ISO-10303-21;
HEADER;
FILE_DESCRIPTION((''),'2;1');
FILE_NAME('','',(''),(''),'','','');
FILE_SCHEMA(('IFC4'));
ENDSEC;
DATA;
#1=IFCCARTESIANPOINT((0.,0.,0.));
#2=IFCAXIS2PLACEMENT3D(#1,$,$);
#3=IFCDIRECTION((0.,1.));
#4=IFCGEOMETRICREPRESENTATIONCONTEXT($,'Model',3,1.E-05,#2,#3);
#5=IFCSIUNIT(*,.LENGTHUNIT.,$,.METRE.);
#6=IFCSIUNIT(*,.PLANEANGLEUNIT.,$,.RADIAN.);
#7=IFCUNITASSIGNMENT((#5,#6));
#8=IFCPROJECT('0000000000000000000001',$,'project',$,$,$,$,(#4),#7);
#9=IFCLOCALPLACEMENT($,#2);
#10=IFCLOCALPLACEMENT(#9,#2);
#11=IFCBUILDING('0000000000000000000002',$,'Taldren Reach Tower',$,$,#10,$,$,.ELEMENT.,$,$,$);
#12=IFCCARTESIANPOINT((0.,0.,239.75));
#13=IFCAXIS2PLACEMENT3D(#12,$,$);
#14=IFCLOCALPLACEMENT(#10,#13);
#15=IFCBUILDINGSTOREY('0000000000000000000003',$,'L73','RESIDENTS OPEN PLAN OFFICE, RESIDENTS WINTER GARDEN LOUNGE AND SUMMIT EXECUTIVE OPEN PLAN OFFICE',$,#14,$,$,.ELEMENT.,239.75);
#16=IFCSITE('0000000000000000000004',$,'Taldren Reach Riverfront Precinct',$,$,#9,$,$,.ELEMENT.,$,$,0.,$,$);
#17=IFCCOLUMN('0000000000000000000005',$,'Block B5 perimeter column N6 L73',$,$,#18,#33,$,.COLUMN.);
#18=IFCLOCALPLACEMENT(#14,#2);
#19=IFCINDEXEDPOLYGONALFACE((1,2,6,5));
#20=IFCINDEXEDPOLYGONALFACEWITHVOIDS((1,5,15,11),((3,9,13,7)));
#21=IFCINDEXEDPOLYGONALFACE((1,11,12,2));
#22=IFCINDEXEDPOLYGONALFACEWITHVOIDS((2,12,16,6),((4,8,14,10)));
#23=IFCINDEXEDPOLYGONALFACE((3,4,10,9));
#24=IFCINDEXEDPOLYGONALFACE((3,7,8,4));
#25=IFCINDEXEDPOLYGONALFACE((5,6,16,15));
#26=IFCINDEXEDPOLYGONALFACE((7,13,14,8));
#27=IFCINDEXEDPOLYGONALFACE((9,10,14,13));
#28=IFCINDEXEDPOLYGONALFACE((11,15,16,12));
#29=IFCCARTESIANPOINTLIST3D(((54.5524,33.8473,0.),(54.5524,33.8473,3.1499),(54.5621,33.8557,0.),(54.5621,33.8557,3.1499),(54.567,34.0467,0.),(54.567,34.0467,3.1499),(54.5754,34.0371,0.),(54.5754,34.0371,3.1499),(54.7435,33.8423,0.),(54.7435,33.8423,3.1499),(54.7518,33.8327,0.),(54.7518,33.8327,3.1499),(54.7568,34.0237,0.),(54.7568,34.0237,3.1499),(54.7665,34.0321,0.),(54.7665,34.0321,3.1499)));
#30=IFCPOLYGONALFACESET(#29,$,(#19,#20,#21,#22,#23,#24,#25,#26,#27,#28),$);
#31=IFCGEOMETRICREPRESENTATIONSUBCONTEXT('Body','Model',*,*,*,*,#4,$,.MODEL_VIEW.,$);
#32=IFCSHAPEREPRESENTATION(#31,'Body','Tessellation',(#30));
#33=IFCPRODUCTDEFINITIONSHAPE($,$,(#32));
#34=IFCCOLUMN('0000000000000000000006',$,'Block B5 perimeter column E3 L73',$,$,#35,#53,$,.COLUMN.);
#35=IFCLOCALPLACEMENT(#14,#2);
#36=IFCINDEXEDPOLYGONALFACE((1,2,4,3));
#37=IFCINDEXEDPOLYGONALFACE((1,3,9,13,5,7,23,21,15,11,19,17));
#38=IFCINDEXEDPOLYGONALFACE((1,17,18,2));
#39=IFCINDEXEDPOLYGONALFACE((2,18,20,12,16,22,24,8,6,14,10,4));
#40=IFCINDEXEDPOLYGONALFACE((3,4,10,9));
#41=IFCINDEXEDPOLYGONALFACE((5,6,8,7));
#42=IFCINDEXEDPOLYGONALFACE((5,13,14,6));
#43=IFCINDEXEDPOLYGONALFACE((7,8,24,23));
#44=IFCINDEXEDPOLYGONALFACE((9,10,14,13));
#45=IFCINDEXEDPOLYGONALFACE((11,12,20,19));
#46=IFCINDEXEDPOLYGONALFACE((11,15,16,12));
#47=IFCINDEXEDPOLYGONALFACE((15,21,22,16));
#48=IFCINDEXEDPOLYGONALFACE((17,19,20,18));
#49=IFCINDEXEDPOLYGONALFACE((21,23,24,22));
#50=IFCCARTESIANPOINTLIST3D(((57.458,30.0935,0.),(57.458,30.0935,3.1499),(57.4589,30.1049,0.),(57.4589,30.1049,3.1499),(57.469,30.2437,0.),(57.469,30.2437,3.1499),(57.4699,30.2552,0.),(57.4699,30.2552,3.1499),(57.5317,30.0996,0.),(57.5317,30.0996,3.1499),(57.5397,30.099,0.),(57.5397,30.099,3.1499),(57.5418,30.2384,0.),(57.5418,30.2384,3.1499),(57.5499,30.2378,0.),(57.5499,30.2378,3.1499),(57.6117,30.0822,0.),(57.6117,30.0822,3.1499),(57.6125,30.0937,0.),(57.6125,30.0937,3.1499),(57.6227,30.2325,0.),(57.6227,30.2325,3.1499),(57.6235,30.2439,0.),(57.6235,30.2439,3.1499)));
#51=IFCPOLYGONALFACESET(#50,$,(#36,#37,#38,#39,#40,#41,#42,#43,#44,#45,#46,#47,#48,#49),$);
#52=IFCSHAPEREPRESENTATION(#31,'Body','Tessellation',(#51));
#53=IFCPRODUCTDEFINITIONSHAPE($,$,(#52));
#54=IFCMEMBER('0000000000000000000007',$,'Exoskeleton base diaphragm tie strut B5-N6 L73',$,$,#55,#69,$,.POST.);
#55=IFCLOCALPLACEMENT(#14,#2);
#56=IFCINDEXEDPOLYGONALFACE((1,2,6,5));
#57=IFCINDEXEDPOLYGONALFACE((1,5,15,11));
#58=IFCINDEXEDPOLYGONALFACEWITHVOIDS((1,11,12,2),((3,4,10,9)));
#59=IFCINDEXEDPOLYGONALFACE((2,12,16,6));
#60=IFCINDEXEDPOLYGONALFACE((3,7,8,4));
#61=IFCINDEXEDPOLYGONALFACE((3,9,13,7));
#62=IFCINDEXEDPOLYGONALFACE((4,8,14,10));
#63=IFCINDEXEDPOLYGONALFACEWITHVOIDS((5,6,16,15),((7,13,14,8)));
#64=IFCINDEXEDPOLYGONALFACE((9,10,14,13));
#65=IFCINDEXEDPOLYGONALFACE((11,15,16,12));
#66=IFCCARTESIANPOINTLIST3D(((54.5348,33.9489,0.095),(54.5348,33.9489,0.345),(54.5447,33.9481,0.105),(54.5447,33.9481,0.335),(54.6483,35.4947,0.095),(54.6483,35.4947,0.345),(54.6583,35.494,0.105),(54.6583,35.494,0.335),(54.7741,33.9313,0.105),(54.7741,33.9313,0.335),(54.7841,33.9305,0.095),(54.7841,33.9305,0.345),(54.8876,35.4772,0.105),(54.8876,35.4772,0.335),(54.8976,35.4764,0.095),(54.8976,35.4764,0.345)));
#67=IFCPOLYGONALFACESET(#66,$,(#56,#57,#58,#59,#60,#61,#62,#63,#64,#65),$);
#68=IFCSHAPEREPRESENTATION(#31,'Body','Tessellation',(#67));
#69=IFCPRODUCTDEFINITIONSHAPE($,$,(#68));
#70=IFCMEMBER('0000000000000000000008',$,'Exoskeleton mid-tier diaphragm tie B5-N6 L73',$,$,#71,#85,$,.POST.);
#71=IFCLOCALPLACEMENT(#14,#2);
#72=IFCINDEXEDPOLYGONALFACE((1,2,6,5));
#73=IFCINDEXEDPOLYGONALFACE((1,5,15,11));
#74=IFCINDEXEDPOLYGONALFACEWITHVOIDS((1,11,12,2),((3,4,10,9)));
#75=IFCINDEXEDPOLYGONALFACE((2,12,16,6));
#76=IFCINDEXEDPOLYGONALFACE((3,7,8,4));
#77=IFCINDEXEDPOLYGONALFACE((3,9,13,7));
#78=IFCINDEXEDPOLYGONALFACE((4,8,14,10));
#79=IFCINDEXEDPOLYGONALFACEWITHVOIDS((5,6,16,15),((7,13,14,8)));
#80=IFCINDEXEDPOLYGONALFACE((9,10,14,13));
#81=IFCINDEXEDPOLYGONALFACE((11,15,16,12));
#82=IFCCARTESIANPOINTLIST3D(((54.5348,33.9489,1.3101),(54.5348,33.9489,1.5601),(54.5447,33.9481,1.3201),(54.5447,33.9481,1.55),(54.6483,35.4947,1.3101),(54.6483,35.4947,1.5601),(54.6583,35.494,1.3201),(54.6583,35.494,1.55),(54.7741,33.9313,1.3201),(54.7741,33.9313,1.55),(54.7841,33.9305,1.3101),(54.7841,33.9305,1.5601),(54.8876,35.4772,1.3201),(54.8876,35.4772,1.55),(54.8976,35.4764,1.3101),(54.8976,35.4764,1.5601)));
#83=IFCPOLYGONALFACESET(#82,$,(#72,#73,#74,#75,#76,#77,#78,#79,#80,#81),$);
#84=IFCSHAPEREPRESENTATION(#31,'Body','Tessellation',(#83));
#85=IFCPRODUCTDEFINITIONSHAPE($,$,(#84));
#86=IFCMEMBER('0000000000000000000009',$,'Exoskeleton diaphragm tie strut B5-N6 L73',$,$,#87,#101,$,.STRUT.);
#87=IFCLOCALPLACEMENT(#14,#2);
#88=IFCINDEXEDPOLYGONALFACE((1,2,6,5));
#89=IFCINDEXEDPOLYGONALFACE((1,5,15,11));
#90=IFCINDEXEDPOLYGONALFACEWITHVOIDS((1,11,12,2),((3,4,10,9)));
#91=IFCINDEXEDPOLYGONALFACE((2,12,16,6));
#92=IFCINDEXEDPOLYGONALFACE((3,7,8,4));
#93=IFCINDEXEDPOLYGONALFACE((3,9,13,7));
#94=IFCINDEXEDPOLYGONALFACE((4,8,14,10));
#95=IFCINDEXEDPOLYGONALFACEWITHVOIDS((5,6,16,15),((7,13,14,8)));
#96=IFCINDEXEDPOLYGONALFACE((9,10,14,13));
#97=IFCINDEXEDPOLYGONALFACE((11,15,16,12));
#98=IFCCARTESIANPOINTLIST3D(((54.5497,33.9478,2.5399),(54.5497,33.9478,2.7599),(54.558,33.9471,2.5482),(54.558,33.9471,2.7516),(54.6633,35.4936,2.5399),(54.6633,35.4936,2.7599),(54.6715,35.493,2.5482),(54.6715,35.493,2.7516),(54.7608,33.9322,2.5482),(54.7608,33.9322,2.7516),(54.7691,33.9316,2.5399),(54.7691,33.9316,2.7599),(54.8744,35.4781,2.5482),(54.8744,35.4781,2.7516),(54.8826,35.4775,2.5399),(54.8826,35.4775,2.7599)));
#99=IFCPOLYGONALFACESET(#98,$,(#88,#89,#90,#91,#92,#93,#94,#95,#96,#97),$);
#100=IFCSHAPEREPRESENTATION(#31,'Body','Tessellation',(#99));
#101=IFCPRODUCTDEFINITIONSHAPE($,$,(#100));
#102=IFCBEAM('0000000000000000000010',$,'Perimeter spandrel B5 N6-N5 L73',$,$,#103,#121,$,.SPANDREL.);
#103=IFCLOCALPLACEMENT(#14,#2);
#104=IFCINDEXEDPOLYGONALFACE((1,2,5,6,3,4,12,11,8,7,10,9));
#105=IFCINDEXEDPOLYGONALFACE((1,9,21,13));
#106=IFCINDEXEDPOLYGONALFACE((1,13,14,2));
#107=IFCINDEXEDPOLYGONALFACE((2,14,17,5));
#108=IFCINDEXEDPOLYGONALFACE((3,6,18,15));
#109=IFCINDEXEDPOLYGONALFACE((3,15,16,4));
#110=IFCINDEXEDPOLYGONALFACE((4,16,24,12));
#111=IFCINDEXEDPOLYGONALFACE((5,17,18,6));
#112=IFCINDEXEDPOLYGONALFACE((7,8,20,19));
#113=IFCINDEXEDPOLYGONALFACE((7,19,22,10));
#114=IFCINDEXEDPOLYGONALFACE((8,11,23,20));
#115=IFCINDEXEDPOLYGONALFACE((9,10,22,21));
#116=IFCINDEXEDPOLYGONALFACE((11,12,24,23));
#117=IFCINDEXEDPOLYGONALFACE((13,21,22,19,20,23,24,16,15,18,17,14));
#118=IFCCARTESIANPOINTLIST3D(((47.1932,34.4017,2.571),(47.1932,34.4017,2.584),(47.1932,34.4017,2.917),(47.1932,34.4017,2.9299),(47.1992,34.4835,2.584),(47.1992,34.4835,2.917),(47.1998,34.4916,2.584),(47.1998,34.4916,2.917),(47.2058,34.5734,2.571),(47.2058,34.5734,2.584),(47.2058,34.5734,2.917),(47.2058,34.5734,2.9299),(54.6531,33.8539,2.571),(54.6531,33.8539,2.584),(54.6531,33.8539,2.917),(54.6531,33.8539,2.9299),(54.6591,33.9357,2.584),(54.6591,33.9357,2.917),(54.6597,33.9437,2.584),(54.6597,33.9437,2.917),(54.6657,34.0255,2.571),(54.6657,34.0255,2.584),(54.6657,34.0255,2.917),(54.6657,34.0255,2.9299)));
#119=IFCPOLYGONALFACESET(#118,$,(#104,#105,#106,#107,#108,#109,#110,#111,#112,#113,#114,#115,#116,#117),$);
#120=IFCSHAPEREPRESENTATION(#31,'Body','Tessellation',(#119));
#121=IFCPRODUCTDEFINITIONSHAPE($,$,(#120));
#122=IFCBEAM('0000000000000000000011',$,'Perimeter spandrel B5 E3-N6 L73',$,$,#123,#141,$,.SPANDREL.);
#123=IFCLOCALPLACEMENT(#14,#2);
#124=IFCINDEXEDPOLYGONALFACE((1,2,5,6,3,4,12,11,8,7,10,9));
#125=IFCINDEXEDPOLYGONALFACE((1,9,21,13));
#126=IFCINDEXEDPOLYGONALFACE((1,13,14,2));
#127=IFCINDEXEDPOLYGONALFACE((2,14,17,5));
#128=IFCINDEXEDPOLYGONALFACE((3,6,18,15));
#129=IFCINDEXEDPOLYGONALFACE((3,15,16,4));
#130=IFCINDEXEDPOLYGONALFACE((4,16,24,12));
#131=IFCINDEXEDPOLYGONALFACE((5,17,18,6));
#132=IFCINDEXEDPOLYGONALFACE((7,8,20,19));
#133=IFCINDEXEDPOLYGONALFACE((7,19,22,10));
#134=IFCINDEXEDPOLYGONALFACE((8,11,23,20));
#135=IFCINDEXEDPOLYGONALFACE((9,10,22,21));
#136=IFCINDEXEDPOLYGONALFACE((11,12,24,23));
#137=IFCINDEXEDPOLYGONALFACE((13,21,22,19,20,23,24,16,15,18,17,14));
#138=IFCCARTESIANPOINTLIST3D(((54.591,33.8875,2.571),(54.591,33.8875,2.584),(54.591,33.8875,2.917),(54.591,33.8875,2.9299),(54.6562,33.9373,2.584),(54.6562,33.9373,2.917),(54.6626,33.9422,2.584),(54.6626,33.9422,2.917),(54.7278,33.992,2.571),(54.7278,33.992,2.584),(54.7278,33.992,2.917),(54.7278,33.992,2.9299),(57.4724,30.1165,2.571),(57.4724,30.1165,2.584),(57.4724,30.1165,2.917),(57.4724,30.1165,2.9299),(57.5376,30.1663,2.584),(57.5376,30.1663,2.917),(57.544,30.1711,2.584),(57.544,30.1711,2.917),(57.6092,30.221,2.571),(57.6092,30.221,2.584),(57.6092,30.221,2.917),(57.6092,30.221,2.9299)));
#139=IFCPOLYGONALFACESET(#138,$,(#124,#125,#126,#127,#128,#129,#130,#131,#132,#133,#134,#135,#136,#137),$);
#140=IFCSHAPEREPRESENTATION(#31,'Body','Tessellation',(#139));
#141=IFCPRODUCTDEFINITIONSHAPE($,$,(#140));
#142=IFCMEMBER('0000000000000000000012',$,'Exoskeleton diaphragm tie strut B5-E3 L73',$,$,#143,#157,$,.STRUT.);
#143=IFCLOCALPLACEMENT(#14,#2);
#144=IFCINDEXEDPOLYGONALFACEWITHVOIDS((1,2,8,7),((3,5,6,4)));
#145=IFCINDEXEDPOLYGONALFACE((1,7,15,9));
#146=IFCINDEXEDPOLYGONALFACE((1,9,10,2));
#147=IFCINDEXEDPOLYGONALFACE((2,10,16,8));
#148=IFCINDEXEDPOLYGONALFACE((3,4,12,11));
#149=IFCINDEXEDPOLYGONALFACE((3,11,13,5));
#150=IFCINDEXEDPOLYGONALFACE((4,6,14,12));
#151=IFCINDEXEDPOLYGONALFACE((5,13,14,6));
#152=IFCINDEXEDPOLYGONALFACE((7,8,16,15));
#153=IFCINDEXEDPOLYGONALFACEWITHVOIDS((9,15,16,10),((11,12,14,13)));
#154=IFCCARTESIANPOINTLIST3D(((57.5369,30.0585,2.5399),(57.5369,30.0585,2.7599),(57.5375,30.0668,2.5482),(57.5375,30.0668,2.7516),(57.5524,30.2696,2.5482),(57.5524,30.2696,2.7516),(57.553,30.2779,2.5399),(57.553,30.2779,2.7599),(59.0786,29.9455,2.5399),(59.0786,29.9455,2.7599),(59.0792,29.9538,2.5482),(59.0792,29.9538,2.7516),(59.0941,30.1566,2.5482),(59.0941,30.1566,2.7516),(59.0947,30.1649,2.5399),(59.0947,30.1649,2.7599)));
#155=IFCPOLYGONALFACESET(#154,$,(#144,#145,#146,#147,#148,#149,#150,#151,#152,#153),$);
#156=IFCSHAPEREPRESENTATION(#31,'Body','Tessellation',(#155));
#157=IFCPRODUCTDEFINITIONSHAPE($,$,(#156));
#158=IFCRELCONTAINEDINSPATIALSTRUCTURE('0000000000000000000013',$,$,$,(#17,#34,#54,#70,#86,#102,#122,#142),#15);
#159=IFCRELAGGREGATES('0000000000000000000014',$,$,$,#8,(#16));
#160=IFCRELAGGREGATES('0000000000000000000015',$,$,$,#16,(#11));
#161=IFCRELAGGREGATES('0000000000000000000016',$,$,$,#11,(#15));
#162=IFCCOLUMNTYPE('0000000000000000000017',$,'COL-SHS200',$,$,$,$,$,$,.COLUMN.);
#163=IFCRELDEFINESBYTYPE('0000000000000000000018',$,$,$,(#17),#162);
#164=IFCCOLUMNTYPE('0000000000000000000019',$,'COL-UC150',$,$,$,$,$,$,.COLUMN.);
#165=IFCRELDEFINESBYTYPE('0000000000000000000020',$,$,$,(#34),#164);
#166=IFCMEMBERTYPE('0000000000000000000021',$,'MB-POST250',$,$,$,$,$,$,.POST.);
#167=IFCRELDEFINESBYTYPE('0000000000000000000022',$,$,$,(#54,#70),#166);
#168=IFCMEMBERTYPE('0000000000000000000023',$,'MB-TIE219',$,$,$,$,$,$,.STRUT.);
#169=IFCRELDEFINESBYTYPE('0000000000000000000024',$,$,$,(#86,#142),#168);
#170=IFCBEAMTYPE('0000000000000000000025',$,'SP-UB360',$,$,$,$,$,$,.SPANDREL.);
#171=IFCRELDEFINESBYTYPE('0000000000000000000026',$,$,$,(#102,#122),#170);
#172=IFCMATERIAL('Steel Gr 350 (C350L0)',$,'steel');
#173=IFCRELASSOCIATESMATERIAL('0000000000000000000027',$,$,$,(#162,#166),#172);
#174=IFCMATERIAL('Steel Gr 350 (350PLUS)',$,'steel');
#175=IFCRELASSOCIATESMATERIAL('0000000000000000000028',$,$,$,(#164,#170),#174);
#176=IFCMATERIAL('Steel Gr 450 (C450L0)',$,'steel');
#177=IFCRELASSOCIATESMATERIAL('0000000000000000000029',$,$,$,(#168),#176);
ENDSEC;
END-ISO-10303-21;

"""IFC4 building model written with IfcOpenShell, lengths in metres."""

from ifc_helpers import new_model, si_unit, direction, frame, origin, origin_2d, place, context, subcontext, project, spatial, hollow_rectangle, i_section, extrude, source, transform, mapped, material, material_profile, profile_set, type_object, element, save


model = new_model("IFC4")

# Units and contexts
model_context = context("Model", 3, precision=1e-05, world=origin(), true_north=direction((0.0, 1.0)))
body_context = subcontext(model_context, "Body", "Model", "MODEL_VIEW")
ifc_project = project(units=[si_unit("LENGTHUNIT", "METRE"), si_unit("PLANEANGLEUNIT", "RADIAN")], contexts=[model_context])

# Site, building, storey
site_placement = place(None, origin())
site = spatial("IfcSite", under=ifc_project, at=site_placement, Name="Taldren Reach Riverfront Precinct", CompositionType="ELEMENT", RefElevation=0.0)
building_placement = place(site_placement, origin())
building = spatial("IfcBuilding", under=site, at=building_placement, Name="Taldren Reach Tower", CompositionType="ELEMENT")
storey_placement = place(building_placement, frame((0.0, 0.0, 239.75)))
storey = spatial("IfcBuildingStorey", under=building, at=storey_placement, Name="L73", Description="RESIDENTS OPEN PLAN OFFICE, RESIDENTS WINTER GARDEN LOUNGE AND SUMMIT EXECUTIVE OPEN PLAN OFFICE", CompositionType="ELEMENT", Elevation=239.75)

# Columns
ifc_material_1 = material(Name="Steel Gr 350 (C350L0)", Category="steel")
ifc_material_profile_1 = material_profile(ifc_material_1, hollow_rectangle(XDim=0.2, YDim=0.2, WallThickness=0.009, at=origin_2d()), Name="200x200x9.0SHS")
ifc_profile_set_1 = profile_set([ifc_material_profile_1], Name="Steel Gr 350 (C350L0)")
column_type_1 = type_object("IfcColumnType", Name="COL-SHS200", PredefinedType="COLUMN", material=ifc_profile_set_1)
shared_shape_1 = source(origin(), body_context, "Body", "SweptSolid", [
    extrude(hollow_rectangle(XDim=0.2, YDim=0.2, WallThickness=0.009, at=origin_2d()), origin(), (0.0, 0.0, 1.0), 3.1499),
])
column_1_placement = place(storey_placement, frame((54.6594, 33.9397, 0.0), z_axis=(0.0, 0.0, 1.0), x_axis=(0.997314, -0.073238, 0.0)))
element("IfcColumn", 1, at=column_1_placement, inside=storey, type_object=column_type_1, Name="Block B5 perimeter column N6 L73", PredefinedType="COLUMN", context=body_context, shape_type="MappedRepresentation", body=[
    mapped(shared_shape_1, transform((0.0, 0.0, 0.0), scale=1.0)),
])
ifc_material_2 = material(Name="Steel Gr 350 (350PLUS)", Category="steel")
ifc_material_profile_2 = material_profile(ifc_material_2, i_section(OverallWidth=0.1541, OverallDepth=0.1621, WebThickness=0.0081, FlangeThickness=0.0115, at=origin_2d()), Name="150UC37.2")
ifc_profile_set_2 = profile_set([ifc_material_profile_2], Name="Steel Gr 350 (350PLUS)")
column_type_2 = type_object("IfcColumnType", Name="COL-UC150", PredefinedType="COLUMN", material=ifc_profile_set_2)
shared_shape_2 = source(origin(), body_context, "Body", "SweptSolid", [
    extrude(i_section(OverallWidth=0.1541, OverallDepth=0.1621, WebThickness=0.0081, FlangeThickness=0.0115, at=origin_2d()), origin(), (0.0, 0.0, 1.0), 3.1499),
])
column_2_placement = place(storey_placement, frame((57.5408, 30.1687, 0.0), z_axis=(0.0, 0.0, 1.0), x_axis=(0.997314, -0.073238, 0.0)))
element("IfcColumn", 2, at=column_2_placement, inside=storey, type_object=column_type_2, Name="Block B5 perimeter column E3 L73", PredefinedType="COLUMN", context=body_context, shape_type="MappedRepresentation", body=[
    mapped(shared_shape_2, transform((0.0, 0.0, 0.0), scale=1.0)),
])

# Members
ifc_material_profile_3 = material_profile(ifc_material_1, hollow_rectangle(XDim=0.25, YDim=0.25, WallThickness=0.01, at=origin_2d()), Name="250x250x10.0SHS")
ifc_profile_set_3 = profile_set([ifc_material_profile_3], Name="Steel Gr 350 (C350L0)")
member_type_1 = type_object("IfcMemberType", Name="MB-POST250", PredefinedType="POST", material=ifc_profile_set_3)
shared_shape_3 = source(origin(), body_context, "Body", "SweptSolid", [
    extrude(hollow_rectangle(XDim=0.25, YDim=0.25, WallThickness=0.01, at=origin_2d()), origin(), (0.0, 0.0, 1.0), 1.55),
])
for number, where, z_axis, x_axis, name in (
    (3, (54.6594, 33.9397, 0.22), (0.073239, 0.997314, 0.0), (-0.997314, 0.073239, 0.0), "Exoskeleton base diaphragm tie strut B5-N6 L73"),
    (4, (54.6594, 33.9397, 1.4351), (0.073239, 0.997314, 0.0), (-0.997314, 0.073239, 0.0), "Exoskeleton mid-tier diaphragm tie B5-N6 L73"),
):
    element("IfcMember", number, at=place(storey_placement, frame(where, z_axis=z_axis, x_axis=x_axis)), inside=storey, type_object=member_type_1, Name=name, PredefinedType="POST", context=body_context, shape_type="MappedRepresentation", body=[
        mapped(shared_shape_3, transform((0.0, 0.0, 0.0), scale=1.0)),
    ])
ifc_material_3 = material(Name="Steel Gr 450 (C450L0)", Category="steel")
ifc_material_profile_4 = material_profile(ifc_material_3, hollow_rectangle(XDim=0.22, YDim=0.22, WallThickness=0.0083, at=origin_2d()), Name="220x220x8.2SHS")
ifc_profile_set_4 = profile_set([ifc_material_profile_4], Name="Steel Gr 450 (C450L0)")
member_type_2 = type_object("IfcMemberType", Name="MB-TIE219", PredefinedType="STRUT", material=ifc_profile_set_4)
shared_shape_4 = source(origin(), body_context, "Body", "SweptSolid", [
    extrude(hollow_rectangle(XDim=0.22, YDim=0.22, WallThickness=0.0083, at=origin_2d()), origin(), (0.0, 0.0, 1.0), 1.55),
])
member_1_placement = place(storey_placement, frame((54.6594, 33.9397, 2.6499), z_axis=(0.073239, 0.997314, 0.0), x_axis=(-0.997314, 0.073239, 0.0)))
element("IfcMember", 5, at=member_1_placement, inside=storey, type_object=member_type_2, Name="Exoskeleton diaphragm tie strut B5-N6 L73", PredefinedType="STRUT", context=body_context, shape_type="MappedRepresentation", body=[
    mapped(shared_shape_4, transform((0.0, 0.0, 0.0), scale=1.0)),
])

# Beams
ifc_material_profile_5 = material_profile(ifc_material_2, i_section(OverallWidth=0.1721, OverallDepth=0.3589, WebThickness=0.0081, FlangeThickness=0.0129, at=origin_2d()), Name="360UB56.7")
ifc_profile_set_5 = profile_set([ifc_material_profile_5], Name="Steel Gr 350 (350PLUS)")
beam_type = type_object("IfcBeamType", Name="SP-UB360", PredefinedType="SPANDREL", material=ifc_profile_set_5)
shared_shape_5 = source(origin(), body_context, "Body", "SweptSolid", [
    extrude(i_section(OverallWidth=0.1721, OverallDepth=0.3589, WebThickness=0.0081, FlangeThickness=0.0129, at=origin_2d()), origin(), (0.0, 0.0, 1.0), 7.48),
])
beam_1_placement = place(storey_placement, frame((54.6594, 33.9397, 2.7505), z_axis=(-0.997314, 0.073242, 0.0), x_axis=(-0.073242, -0.997314, 0.0)))
element("IfcBeam", 6, at=beam_1_placement, inside=storey, type_object=beam_type, Name="Perimeter spandrel B5 N6-N5 L73", PredefinedType="SPANDREL", context=body_context, shape_type="MappedRepresentation", body=[
    mapped(shared_shape_5, transform((0.0, 0.0, 0.0), scale=1.0)),
])
shared_shape_6 = source(origin(), body_context, "Body", "SweptSolid", [
    extrude(i_section(OverallWidth=0.1721, OverallDepth=0.3589, WebThickness=0.0081, FlangeThickness=0.0129, at=origin_2d()), origin(), (0.0, 0.0, 1.0), 4.7458),
])
beam_2_placement = place(storey_placement, frame((57.5408, 30.1687, 2.7505), z_axis=(-0.607137, 0.794597, 0.0), x_axis=(-0.794597, -0.607137, 0.0)))
element("IfcBeam", 7, at=beam_2_placement, inside=storey, type_object=beam_type, Name="Perimeter spandrel B5 E3-N6 L73", PredefinedType="SPANDREL", context=body_context, shape_type="MappedRepresentation", body=[
    mapped(shared_shape_6, transform((0.0, 0.0, 0.0), scale=1.0)),
])

# Member
shared_shape_7 = source(origin(), body_context, "Body", "SweptSolid", [
    extrude(hollow_rectangle(XDim=0.22, YDim=0.22, WallThickness=0.0083, at=origin_2d()), origin(), (0.0, 0.0, 1.0), 1.5459),
])
member_2_placement = place(storey_placement, frame((57.5449, 30.1682, 2.6499), z_axis=(0.997323, -0.073121, 0.0), x_axis=(0.073121, 0.997323, 0.0)))
element("IfcMember", 8, at=member_2_placement, inside=storey, type_object=member_type_2, Name="Exoskeleton diaphragm tie strut B5-E3 L73", PredefinedType="STRUT", context=body_context, shape_type="MappedRepresentation", body=[
    mapped(shared_shape_7, transform((0.0, 0.0, 0.0), scale=1.0)),
])

save(model, "model.ifc")
